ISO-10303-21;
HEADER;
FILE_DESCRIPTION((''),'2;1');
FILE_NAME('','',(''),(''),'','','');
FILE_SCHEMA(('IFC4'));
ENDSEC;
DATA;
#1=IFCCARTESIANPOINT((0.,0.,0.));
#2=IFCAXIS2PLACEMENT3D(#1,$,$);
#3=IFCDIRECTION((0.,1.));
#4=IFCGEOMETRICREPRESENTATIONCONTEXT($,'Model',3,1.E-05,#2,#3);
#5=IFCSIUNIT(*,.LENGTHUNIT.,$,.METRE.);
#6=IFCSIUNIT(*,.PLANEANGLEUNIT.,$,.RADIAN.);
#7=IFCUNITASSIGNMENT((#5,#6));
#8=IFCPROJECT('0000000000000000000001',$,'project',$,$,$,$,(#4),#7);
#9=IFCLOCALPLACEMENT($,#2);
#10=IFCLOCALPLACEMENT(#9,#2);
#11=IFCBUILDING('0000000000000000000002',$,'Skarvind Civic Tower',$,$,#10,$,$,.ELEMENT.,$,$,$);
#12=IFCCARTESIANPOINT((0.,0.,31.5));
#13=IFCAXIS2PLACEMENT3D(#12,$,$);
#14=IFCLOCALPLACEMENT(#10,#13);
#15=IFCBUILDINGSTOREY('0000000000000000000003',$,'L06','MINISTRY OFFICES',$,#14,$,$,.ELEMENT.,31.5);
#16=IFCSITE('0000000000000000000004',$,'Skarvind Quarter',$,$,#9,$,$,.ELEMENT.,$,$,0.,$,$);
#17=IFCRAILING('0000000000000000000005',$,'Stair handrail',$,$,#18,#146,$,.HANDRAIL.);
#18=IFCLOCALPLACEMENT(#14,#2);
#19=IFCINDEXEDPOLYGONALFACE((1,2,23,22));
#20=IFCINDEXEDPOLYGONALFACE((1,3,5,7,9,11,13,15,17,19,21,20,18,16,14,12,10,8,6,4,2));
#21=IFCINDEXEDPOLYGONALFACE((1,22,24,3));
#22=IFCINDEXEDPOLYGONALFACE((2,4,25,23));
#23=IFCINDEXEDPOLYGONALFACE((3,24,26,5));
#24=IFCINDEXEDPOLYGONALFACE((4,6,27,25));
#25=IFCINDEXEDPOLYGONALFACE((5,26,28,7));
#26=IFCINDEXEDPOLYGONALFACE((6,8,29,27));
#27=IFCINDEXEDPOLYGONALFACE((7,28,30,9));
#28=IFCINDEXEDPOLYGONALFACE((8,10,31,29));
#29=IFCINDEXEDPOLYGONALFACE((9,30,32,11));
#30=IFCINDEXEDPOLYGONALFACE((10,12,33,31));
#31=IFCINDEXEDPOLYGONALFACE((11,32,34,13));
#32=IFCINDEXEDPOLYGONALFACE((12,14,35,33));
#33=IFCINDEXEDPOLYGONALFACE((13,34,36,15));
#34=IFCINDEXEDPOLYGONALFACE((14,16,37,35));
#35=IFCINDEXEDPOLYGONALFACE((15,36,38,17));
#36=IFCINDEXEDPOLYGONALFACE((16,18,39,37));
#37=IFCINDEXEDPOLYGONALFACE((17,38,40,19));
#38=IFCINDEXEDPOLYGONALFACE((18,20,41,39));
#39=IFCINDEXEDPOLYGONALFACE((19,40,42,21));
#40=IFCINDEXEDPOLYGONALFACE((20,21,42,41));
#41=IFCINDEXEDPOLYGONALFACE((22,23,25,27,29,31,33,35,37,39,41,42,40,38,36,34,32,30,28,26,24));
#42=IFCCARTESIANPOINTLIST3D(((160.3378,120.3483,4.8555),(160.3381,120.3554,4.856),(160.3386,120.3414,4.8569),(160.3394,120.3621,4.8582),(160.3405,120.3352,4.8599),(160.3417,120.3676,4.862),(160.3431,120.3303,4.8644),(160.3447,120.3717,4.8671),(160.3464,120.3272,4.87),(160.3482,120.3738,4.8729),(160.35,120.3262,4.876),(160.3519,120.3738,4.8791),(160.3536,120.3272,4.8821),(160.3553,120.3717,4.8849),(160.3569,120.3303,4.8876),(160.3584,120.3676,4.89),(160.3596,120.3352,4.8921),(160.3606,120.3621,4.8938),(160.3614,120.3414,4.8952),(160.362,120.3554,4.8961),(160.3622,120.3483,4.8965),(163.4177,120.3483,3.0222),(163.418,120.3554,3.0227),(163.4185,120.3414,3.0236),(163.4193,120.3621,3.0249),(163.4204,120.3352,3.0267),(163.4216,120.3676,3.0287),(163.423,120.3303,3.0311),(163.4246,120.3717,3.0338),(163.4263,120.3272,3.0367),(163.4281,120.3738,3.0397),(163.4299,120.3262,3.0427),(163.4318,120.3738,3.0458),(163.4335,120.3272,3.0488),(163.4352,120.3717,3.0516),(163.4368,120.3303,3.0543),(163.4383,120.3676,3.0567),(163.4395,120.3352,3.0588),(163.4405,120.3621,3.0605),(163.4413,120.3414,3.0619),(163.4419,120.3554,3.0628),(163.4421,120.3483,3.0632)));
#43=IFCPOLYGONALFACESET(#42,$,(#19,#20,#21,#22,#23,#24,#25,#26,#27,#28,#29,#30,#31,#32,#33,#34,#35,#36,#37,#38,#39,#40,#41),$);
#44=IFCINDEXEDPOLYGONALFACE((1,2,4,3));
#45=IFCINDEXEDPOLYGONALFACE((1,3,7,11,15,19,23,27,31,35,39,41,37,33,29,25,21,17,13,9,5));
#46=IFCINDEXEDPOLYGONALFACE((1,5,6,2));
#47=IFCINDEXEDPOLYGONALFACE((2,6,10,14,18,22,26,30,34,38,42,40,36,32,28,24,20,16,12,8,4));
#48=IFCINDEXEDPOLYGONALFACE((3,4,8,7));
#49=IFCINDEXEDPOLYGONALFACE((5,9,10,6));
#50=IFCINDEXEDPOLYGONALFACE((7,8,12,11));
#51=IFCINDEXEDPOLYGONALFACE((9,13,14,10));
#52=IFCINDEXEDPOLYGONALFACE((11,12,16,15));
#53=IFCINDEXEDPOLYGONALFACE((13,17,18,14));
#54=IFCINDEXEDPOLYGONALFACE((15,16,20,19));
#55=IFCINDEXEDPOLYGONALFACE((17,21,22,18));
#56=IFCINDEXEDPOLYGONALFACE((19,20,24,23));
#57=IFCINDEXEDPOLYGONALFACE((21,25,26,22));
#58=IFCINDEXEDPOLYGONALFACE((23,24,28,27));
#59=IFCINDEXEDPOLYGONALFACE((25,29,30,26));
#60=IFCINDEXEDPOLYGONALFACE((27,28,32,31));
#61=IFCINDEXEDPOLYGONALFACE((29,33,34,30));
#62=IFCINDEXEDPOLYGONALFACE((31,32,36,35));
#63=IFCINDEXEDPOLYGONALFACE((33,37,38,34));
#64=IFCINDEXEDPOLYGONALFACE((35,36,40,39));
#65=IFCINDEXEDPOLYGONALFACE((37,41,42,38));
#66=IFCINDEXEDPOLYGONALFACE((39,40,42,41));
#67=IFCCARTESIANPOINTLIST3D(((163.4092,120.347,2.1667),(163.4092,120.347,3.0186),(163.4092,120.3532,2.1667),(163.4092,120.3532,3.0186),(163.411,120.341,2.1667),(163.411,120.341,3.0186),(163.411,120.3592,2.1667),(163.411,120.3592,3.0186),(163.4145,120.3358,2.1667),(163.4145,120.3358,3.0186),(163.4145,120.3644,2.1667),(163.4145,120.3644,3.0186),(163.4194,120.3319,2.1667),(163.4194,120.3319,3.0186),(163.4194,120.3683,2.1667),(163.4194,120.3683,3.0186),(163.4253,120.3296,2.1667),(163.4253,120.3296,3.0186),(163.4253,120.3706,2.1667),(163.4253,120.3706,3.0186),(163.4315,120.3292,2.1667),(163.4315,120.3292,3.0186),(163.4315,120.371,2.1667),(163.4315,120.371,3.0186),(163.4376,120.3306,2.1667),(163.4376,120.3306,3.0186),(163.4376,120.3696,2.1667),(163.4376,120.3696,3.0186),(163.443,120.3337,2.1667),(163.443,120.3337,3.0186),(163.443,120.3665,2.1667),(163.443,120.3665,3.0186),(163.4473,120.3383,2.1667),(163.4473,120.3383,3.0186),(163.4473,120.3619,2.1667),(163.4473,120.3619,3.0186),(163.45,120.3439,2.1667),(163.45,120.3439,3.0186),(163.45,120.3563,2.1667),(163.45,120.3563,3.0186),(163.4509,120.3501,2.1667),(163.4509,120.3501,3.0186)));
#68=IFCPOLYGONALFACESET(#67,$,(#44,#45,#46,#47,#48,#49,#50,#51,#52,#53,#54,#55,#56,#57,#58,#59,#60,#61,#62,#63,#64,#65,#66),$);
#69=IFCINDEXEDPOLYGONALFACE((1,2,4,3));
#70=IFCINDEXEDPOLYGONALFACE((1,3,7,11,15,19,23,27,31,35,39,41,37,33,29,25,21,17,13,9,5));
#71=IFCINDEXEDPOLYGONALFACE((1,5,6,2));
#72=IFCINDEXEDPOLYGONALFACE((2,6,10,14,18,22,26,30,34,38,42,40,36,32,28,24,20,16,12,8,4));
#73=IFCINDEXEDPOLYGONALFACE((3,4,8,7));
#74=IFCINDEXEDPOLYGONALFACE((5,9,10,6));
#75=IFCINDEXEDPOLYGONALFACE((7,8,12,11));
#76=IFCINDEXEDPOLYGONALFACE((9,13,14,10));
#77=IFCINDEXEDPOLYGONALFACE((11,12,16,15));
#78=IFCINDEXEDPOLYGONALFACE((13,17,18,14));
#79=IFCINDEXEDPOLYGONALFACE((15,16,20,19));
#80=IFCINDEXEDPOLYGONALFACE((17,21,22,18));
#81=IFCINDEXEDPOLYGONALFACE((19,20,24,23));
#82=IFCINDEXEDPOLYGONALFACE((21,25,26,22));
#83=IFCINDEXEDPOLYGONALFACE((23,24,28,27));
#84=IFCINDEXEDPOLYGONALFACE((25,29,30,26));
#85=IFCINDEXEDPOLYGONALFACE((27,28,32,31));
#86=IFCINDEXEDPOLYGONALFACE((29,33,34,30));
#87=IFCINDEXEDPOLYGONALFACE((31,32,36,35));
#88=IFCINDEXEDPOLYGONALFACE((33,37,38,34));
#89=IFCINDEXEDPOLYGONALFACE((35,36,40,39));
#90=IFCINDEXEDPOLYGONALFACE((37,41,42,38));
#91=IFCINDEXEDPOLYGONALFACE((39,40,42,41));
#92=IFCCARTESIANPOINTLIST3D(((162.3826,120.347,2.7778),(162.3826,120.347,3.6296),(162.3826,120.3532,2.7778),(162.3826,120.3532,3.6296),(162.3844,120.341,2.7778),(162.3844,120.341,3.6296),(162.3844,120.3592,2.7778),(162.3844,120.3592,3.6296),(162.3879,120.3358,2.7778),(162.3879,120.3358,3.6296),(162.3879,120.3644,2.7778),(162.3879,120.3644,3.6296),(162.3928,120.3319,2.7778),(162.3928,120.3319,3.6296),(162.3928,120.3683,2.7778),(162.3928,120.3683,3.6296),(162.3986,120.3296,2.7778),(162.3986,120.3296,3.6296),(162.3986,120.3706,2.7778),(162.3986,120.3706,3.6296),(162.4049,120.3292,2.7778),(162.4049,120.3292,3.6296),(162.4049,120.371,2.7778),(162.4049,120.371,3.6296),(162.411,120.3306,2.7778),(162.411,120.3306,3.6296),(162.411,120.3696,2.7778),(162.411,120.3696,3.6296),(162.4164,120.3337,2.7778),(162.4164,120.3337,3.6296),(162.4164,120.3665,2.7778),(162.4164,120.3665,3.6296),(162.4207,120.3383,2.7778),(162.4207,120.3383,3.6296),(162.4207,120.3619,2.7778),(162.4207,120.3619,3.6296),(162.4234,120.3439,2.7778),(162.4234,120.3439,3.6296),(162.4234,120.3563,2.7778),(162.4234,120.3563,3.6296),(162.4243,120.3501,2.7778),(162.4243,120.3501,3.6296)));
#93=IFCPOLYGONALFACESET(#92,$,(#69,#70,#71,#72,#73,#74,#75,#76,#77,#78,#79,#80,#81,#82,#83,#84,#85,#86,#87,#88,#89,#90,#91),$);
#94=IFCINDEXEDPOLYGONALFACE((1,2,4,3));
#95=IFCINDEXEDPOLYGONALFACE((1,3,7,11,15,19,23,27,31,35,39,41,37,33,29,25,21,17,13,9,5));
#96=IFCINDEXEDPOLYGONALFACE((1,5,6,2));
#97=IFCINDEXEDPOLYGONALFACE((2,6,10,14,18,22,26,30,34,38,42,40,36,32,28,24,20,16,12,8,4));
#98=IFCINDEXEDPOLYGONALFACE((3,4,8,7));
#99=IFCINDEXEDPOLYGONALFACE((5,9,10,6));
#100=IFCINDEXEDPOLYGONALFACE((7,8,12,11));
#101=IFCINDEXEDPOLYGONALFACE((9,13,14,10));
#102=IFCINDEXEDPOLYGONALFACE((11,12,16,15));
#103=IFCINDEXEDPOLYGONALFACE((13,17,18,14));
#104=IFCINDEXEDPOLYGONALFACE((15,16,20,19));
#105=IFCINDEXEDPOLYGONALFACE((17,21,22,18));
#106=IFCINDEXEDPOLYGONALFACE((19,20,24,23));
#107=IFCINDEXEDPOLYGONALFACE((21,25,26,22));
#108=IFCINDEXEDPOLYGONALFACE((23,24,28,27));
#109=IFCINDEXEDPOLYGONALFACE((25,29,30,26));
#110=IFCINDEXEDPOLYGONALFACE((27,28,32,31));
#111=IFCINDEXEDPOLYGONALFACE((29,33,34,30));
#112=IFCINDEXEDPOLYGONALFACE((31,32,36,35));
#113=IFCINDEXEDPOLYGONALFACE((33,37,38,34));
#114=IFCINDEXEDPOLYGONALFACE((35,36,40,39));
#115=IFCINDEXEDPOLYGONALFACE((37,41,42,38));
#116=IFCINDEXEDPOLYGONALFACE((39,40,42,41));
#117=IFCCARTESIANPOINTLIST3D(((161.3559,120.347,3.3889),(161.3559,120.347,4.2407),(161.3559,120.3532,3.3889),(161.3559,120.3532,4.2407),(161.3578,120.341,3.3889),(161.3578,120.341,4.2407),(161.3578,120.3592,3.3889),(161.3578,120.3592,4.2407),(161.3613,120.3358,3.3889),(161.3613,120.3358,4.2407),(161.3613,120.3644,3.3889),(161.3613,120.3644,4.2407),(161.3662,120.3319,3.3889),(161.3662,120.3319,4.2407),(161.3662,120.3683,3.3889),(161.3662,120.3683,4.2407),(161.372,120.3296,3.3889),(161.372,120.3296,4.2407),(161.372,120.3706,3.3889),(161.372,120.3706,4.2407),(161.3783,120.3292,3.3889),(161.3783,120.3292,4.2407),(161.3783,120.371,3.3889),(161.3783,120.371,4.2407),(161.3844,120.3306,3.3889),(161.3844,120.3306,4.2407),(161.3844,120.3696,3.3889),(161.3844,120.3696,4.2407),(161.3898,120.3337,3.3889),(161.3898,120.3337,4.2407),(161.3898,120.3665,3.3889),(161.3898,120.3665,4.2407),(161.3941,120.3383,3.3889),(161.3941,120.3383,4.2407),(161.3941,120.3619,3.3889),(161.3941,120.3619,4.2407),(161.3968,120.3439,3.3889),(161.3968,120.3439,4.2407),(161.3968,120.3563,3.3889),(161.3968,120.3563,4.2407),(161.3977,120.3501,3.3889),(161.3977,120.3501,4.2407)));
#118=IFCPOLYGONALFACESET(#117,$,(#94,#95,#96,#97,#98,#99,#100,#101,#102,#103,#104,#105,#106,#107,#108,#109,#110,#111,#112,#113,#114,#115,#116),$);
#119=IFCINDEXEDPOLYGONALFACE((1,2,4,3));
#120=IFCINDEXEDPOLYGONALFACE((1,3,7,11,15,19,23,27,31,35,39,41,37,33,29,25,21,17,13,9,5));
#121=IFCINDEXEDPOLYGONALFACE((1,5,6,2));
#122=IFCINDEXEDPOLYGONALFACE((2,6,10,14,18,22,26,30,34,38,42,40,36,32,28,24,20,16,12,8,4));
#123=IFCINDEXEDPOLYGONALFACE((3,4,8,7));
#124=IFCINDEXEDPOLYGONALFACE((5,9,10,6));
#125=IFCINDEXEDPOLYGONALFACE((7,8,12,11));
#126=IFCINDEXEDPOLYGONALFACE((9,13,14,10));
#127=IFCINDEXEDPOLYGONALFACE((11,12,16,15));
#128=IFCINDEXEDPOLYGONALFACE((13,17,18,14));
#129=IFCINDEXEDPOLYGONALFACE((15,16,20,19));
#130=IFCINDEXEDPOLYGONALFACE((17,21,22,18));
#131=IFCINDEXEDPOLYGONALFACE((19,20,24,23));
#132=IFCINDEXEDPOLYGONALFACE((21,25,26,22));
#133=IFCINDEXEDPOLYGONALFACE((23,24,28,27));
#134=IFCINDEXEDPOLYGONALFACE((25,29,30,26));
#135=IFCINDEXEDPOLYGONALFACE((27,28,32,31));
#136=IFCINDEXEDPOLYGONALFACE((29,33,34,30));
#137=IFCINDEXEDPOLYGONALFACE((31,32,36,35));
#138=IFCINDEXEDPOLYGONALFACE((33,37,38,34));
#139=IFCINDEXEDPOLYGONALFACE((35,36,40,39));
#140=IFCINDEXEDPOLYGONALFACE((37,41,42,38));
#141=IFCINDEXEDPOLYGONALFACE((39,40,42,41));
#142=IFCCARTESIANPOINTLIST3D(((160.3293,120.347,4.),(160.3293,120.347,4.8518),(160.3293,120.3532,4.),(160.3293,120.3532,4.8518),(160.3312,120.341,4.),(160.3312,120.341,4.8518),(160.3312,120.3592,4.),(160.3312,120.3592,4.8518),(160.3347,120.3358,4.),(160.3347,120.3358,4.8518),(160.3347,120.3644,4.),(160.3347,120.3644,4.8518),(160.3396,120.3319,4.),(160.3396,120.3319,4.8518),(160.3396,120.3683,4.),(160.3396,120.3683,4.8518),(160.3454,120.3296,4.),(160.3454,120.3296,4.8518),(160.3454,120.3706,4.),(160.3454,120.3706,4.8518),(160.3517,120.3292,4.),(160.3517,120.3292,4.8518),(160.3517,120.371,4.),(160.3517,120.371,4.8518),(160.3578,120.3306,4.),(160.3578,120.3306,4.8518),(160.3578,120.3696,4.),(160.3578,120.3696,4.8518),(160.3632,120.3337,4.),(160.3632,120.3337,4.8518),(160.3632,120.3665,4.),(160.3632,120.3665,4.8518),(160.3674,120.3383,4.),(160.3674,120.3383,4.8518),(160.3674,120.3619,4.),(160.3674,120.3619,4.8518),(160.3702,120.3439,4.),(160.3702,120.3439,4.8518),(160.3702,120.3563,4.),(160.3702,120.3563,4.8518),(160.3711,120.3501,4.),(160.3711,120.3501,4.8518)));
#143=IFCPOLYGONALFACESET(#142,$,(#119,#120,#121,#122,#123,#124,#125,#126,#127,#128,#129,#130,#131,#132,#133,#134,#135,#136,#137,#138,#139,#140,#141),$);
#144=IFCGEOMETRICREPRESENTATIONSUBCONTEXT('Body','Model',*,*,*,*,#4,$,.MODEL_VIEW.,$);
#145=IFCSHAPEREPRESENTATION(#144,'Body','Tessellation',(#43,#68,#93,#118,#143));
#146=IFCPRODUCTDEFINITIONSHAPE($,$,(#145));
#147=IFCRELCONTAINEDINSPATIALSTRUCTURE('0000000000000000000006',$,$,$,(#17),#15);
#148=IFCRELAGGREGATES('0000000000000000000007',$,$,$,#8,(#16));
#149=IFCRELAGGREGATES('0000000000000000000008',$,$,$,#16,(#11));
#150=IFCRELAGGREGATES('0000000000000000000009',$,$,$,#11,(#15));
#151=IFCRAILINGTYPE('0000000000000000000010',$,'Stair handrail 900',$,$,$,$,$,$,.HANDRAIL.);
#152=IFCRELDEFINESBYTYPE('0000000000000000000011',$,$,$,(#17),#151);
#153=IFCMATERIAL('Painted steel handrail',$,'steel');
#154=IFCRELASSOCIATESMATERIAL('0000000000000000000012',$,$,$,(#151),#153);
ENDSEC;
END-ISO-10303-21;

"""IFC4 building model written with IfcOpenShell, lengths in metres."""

from ifc_helpers import new_model, si_unit, direction, frame, origin, origin_2d, place, context, subcontext, project, spatial, circle, extrude, material, type_object, element, save


model = new_model("IFC4")

# Units and contexts
model_context = context("Model", 3, precision=1e-05, world=origin(), true_north=direction((0.0, 1.0)))
body_context = subcontext(model_context, "Body", "Model", "MODEL_VIEW")
ifc_project = project(units=[si_unit("LENGTHUNIT", "METRE"), si_unit("PLANEANGLEUNIT", "RADIAN")], contexts=[model_context])

# Site, building, storey
site_placement = place(None, origin())
site = spatial("IfcSite", under=ifc_project, at=site_placement, Name="Skarvind Quarter", CompositionType="ELEMENT", RefElevation=0.0)
building_placement = place(site_placement, origin())
building = spatial("IfcBuilding", under=site, at=building_placement, Name="Skarvind Civic Tower", CompositionType="ELEMENT")
storey_placement = place(building_placement, frame((0.0, 0.0, 31.5)))
storey = spatial("IfcBuildingStorey", under=building, at=storey_placement, Name="L06", Description="MINISTRY OFFICES", CompositionType="ELEMENT", Elevation=31.5)

# Railing
ifc_material_1 = material(Name="Painted steel handrail", Category="steel")
railing_type = type_object("IfcRailingType", Name="Stair handrail 900", PredefinedType="HANDRAIL", material=ifc_material_1)
railing_placement = place(storey_placement, frame((163.4299, 120.3501, 2.1667)))
element("IfcRailing", 1, at=railing_placement, inside=storey, type_object=railing_type, Name="Stair handrail", PredefinedType="HANDRAIL", context=body_context, shape_type="SweptSolid", body=[
    extrude(circle(Radius=0.0239, at=origin_2d()), frame((0.0, 0.0, 0.876), z_axis=(-0.859291, 0.0, 0.511487), x_axis=(0.0, -1.0, 0.0)), (0.0, 0.0, 1.0), 3.5842),
    extrude(circle(Radius=0.021, at=origin_2d()), origin(), (0.0, 0.0, 1.0), 0.8518),
    extrude(circle(Radius=0.021, at=origin_2d()), frame((-1.0266, 0.0, 0.6111)), (0.0, 0.0, 1.0), 0.8518),
    extrude(circle(Radius=0.021, at=origin_2d()), frame((-2.0532, 0.0, 1.2222)), (0.0, 0.0, 1.0), 0.8518),
    extrude(circle(Radius=0.021, at=origin_2d()), frame((-3.0798, 0.0, 1.8333)), (0.0, 0.0, 1.0), 0.8518),
])

save(model, "model.ifc")
